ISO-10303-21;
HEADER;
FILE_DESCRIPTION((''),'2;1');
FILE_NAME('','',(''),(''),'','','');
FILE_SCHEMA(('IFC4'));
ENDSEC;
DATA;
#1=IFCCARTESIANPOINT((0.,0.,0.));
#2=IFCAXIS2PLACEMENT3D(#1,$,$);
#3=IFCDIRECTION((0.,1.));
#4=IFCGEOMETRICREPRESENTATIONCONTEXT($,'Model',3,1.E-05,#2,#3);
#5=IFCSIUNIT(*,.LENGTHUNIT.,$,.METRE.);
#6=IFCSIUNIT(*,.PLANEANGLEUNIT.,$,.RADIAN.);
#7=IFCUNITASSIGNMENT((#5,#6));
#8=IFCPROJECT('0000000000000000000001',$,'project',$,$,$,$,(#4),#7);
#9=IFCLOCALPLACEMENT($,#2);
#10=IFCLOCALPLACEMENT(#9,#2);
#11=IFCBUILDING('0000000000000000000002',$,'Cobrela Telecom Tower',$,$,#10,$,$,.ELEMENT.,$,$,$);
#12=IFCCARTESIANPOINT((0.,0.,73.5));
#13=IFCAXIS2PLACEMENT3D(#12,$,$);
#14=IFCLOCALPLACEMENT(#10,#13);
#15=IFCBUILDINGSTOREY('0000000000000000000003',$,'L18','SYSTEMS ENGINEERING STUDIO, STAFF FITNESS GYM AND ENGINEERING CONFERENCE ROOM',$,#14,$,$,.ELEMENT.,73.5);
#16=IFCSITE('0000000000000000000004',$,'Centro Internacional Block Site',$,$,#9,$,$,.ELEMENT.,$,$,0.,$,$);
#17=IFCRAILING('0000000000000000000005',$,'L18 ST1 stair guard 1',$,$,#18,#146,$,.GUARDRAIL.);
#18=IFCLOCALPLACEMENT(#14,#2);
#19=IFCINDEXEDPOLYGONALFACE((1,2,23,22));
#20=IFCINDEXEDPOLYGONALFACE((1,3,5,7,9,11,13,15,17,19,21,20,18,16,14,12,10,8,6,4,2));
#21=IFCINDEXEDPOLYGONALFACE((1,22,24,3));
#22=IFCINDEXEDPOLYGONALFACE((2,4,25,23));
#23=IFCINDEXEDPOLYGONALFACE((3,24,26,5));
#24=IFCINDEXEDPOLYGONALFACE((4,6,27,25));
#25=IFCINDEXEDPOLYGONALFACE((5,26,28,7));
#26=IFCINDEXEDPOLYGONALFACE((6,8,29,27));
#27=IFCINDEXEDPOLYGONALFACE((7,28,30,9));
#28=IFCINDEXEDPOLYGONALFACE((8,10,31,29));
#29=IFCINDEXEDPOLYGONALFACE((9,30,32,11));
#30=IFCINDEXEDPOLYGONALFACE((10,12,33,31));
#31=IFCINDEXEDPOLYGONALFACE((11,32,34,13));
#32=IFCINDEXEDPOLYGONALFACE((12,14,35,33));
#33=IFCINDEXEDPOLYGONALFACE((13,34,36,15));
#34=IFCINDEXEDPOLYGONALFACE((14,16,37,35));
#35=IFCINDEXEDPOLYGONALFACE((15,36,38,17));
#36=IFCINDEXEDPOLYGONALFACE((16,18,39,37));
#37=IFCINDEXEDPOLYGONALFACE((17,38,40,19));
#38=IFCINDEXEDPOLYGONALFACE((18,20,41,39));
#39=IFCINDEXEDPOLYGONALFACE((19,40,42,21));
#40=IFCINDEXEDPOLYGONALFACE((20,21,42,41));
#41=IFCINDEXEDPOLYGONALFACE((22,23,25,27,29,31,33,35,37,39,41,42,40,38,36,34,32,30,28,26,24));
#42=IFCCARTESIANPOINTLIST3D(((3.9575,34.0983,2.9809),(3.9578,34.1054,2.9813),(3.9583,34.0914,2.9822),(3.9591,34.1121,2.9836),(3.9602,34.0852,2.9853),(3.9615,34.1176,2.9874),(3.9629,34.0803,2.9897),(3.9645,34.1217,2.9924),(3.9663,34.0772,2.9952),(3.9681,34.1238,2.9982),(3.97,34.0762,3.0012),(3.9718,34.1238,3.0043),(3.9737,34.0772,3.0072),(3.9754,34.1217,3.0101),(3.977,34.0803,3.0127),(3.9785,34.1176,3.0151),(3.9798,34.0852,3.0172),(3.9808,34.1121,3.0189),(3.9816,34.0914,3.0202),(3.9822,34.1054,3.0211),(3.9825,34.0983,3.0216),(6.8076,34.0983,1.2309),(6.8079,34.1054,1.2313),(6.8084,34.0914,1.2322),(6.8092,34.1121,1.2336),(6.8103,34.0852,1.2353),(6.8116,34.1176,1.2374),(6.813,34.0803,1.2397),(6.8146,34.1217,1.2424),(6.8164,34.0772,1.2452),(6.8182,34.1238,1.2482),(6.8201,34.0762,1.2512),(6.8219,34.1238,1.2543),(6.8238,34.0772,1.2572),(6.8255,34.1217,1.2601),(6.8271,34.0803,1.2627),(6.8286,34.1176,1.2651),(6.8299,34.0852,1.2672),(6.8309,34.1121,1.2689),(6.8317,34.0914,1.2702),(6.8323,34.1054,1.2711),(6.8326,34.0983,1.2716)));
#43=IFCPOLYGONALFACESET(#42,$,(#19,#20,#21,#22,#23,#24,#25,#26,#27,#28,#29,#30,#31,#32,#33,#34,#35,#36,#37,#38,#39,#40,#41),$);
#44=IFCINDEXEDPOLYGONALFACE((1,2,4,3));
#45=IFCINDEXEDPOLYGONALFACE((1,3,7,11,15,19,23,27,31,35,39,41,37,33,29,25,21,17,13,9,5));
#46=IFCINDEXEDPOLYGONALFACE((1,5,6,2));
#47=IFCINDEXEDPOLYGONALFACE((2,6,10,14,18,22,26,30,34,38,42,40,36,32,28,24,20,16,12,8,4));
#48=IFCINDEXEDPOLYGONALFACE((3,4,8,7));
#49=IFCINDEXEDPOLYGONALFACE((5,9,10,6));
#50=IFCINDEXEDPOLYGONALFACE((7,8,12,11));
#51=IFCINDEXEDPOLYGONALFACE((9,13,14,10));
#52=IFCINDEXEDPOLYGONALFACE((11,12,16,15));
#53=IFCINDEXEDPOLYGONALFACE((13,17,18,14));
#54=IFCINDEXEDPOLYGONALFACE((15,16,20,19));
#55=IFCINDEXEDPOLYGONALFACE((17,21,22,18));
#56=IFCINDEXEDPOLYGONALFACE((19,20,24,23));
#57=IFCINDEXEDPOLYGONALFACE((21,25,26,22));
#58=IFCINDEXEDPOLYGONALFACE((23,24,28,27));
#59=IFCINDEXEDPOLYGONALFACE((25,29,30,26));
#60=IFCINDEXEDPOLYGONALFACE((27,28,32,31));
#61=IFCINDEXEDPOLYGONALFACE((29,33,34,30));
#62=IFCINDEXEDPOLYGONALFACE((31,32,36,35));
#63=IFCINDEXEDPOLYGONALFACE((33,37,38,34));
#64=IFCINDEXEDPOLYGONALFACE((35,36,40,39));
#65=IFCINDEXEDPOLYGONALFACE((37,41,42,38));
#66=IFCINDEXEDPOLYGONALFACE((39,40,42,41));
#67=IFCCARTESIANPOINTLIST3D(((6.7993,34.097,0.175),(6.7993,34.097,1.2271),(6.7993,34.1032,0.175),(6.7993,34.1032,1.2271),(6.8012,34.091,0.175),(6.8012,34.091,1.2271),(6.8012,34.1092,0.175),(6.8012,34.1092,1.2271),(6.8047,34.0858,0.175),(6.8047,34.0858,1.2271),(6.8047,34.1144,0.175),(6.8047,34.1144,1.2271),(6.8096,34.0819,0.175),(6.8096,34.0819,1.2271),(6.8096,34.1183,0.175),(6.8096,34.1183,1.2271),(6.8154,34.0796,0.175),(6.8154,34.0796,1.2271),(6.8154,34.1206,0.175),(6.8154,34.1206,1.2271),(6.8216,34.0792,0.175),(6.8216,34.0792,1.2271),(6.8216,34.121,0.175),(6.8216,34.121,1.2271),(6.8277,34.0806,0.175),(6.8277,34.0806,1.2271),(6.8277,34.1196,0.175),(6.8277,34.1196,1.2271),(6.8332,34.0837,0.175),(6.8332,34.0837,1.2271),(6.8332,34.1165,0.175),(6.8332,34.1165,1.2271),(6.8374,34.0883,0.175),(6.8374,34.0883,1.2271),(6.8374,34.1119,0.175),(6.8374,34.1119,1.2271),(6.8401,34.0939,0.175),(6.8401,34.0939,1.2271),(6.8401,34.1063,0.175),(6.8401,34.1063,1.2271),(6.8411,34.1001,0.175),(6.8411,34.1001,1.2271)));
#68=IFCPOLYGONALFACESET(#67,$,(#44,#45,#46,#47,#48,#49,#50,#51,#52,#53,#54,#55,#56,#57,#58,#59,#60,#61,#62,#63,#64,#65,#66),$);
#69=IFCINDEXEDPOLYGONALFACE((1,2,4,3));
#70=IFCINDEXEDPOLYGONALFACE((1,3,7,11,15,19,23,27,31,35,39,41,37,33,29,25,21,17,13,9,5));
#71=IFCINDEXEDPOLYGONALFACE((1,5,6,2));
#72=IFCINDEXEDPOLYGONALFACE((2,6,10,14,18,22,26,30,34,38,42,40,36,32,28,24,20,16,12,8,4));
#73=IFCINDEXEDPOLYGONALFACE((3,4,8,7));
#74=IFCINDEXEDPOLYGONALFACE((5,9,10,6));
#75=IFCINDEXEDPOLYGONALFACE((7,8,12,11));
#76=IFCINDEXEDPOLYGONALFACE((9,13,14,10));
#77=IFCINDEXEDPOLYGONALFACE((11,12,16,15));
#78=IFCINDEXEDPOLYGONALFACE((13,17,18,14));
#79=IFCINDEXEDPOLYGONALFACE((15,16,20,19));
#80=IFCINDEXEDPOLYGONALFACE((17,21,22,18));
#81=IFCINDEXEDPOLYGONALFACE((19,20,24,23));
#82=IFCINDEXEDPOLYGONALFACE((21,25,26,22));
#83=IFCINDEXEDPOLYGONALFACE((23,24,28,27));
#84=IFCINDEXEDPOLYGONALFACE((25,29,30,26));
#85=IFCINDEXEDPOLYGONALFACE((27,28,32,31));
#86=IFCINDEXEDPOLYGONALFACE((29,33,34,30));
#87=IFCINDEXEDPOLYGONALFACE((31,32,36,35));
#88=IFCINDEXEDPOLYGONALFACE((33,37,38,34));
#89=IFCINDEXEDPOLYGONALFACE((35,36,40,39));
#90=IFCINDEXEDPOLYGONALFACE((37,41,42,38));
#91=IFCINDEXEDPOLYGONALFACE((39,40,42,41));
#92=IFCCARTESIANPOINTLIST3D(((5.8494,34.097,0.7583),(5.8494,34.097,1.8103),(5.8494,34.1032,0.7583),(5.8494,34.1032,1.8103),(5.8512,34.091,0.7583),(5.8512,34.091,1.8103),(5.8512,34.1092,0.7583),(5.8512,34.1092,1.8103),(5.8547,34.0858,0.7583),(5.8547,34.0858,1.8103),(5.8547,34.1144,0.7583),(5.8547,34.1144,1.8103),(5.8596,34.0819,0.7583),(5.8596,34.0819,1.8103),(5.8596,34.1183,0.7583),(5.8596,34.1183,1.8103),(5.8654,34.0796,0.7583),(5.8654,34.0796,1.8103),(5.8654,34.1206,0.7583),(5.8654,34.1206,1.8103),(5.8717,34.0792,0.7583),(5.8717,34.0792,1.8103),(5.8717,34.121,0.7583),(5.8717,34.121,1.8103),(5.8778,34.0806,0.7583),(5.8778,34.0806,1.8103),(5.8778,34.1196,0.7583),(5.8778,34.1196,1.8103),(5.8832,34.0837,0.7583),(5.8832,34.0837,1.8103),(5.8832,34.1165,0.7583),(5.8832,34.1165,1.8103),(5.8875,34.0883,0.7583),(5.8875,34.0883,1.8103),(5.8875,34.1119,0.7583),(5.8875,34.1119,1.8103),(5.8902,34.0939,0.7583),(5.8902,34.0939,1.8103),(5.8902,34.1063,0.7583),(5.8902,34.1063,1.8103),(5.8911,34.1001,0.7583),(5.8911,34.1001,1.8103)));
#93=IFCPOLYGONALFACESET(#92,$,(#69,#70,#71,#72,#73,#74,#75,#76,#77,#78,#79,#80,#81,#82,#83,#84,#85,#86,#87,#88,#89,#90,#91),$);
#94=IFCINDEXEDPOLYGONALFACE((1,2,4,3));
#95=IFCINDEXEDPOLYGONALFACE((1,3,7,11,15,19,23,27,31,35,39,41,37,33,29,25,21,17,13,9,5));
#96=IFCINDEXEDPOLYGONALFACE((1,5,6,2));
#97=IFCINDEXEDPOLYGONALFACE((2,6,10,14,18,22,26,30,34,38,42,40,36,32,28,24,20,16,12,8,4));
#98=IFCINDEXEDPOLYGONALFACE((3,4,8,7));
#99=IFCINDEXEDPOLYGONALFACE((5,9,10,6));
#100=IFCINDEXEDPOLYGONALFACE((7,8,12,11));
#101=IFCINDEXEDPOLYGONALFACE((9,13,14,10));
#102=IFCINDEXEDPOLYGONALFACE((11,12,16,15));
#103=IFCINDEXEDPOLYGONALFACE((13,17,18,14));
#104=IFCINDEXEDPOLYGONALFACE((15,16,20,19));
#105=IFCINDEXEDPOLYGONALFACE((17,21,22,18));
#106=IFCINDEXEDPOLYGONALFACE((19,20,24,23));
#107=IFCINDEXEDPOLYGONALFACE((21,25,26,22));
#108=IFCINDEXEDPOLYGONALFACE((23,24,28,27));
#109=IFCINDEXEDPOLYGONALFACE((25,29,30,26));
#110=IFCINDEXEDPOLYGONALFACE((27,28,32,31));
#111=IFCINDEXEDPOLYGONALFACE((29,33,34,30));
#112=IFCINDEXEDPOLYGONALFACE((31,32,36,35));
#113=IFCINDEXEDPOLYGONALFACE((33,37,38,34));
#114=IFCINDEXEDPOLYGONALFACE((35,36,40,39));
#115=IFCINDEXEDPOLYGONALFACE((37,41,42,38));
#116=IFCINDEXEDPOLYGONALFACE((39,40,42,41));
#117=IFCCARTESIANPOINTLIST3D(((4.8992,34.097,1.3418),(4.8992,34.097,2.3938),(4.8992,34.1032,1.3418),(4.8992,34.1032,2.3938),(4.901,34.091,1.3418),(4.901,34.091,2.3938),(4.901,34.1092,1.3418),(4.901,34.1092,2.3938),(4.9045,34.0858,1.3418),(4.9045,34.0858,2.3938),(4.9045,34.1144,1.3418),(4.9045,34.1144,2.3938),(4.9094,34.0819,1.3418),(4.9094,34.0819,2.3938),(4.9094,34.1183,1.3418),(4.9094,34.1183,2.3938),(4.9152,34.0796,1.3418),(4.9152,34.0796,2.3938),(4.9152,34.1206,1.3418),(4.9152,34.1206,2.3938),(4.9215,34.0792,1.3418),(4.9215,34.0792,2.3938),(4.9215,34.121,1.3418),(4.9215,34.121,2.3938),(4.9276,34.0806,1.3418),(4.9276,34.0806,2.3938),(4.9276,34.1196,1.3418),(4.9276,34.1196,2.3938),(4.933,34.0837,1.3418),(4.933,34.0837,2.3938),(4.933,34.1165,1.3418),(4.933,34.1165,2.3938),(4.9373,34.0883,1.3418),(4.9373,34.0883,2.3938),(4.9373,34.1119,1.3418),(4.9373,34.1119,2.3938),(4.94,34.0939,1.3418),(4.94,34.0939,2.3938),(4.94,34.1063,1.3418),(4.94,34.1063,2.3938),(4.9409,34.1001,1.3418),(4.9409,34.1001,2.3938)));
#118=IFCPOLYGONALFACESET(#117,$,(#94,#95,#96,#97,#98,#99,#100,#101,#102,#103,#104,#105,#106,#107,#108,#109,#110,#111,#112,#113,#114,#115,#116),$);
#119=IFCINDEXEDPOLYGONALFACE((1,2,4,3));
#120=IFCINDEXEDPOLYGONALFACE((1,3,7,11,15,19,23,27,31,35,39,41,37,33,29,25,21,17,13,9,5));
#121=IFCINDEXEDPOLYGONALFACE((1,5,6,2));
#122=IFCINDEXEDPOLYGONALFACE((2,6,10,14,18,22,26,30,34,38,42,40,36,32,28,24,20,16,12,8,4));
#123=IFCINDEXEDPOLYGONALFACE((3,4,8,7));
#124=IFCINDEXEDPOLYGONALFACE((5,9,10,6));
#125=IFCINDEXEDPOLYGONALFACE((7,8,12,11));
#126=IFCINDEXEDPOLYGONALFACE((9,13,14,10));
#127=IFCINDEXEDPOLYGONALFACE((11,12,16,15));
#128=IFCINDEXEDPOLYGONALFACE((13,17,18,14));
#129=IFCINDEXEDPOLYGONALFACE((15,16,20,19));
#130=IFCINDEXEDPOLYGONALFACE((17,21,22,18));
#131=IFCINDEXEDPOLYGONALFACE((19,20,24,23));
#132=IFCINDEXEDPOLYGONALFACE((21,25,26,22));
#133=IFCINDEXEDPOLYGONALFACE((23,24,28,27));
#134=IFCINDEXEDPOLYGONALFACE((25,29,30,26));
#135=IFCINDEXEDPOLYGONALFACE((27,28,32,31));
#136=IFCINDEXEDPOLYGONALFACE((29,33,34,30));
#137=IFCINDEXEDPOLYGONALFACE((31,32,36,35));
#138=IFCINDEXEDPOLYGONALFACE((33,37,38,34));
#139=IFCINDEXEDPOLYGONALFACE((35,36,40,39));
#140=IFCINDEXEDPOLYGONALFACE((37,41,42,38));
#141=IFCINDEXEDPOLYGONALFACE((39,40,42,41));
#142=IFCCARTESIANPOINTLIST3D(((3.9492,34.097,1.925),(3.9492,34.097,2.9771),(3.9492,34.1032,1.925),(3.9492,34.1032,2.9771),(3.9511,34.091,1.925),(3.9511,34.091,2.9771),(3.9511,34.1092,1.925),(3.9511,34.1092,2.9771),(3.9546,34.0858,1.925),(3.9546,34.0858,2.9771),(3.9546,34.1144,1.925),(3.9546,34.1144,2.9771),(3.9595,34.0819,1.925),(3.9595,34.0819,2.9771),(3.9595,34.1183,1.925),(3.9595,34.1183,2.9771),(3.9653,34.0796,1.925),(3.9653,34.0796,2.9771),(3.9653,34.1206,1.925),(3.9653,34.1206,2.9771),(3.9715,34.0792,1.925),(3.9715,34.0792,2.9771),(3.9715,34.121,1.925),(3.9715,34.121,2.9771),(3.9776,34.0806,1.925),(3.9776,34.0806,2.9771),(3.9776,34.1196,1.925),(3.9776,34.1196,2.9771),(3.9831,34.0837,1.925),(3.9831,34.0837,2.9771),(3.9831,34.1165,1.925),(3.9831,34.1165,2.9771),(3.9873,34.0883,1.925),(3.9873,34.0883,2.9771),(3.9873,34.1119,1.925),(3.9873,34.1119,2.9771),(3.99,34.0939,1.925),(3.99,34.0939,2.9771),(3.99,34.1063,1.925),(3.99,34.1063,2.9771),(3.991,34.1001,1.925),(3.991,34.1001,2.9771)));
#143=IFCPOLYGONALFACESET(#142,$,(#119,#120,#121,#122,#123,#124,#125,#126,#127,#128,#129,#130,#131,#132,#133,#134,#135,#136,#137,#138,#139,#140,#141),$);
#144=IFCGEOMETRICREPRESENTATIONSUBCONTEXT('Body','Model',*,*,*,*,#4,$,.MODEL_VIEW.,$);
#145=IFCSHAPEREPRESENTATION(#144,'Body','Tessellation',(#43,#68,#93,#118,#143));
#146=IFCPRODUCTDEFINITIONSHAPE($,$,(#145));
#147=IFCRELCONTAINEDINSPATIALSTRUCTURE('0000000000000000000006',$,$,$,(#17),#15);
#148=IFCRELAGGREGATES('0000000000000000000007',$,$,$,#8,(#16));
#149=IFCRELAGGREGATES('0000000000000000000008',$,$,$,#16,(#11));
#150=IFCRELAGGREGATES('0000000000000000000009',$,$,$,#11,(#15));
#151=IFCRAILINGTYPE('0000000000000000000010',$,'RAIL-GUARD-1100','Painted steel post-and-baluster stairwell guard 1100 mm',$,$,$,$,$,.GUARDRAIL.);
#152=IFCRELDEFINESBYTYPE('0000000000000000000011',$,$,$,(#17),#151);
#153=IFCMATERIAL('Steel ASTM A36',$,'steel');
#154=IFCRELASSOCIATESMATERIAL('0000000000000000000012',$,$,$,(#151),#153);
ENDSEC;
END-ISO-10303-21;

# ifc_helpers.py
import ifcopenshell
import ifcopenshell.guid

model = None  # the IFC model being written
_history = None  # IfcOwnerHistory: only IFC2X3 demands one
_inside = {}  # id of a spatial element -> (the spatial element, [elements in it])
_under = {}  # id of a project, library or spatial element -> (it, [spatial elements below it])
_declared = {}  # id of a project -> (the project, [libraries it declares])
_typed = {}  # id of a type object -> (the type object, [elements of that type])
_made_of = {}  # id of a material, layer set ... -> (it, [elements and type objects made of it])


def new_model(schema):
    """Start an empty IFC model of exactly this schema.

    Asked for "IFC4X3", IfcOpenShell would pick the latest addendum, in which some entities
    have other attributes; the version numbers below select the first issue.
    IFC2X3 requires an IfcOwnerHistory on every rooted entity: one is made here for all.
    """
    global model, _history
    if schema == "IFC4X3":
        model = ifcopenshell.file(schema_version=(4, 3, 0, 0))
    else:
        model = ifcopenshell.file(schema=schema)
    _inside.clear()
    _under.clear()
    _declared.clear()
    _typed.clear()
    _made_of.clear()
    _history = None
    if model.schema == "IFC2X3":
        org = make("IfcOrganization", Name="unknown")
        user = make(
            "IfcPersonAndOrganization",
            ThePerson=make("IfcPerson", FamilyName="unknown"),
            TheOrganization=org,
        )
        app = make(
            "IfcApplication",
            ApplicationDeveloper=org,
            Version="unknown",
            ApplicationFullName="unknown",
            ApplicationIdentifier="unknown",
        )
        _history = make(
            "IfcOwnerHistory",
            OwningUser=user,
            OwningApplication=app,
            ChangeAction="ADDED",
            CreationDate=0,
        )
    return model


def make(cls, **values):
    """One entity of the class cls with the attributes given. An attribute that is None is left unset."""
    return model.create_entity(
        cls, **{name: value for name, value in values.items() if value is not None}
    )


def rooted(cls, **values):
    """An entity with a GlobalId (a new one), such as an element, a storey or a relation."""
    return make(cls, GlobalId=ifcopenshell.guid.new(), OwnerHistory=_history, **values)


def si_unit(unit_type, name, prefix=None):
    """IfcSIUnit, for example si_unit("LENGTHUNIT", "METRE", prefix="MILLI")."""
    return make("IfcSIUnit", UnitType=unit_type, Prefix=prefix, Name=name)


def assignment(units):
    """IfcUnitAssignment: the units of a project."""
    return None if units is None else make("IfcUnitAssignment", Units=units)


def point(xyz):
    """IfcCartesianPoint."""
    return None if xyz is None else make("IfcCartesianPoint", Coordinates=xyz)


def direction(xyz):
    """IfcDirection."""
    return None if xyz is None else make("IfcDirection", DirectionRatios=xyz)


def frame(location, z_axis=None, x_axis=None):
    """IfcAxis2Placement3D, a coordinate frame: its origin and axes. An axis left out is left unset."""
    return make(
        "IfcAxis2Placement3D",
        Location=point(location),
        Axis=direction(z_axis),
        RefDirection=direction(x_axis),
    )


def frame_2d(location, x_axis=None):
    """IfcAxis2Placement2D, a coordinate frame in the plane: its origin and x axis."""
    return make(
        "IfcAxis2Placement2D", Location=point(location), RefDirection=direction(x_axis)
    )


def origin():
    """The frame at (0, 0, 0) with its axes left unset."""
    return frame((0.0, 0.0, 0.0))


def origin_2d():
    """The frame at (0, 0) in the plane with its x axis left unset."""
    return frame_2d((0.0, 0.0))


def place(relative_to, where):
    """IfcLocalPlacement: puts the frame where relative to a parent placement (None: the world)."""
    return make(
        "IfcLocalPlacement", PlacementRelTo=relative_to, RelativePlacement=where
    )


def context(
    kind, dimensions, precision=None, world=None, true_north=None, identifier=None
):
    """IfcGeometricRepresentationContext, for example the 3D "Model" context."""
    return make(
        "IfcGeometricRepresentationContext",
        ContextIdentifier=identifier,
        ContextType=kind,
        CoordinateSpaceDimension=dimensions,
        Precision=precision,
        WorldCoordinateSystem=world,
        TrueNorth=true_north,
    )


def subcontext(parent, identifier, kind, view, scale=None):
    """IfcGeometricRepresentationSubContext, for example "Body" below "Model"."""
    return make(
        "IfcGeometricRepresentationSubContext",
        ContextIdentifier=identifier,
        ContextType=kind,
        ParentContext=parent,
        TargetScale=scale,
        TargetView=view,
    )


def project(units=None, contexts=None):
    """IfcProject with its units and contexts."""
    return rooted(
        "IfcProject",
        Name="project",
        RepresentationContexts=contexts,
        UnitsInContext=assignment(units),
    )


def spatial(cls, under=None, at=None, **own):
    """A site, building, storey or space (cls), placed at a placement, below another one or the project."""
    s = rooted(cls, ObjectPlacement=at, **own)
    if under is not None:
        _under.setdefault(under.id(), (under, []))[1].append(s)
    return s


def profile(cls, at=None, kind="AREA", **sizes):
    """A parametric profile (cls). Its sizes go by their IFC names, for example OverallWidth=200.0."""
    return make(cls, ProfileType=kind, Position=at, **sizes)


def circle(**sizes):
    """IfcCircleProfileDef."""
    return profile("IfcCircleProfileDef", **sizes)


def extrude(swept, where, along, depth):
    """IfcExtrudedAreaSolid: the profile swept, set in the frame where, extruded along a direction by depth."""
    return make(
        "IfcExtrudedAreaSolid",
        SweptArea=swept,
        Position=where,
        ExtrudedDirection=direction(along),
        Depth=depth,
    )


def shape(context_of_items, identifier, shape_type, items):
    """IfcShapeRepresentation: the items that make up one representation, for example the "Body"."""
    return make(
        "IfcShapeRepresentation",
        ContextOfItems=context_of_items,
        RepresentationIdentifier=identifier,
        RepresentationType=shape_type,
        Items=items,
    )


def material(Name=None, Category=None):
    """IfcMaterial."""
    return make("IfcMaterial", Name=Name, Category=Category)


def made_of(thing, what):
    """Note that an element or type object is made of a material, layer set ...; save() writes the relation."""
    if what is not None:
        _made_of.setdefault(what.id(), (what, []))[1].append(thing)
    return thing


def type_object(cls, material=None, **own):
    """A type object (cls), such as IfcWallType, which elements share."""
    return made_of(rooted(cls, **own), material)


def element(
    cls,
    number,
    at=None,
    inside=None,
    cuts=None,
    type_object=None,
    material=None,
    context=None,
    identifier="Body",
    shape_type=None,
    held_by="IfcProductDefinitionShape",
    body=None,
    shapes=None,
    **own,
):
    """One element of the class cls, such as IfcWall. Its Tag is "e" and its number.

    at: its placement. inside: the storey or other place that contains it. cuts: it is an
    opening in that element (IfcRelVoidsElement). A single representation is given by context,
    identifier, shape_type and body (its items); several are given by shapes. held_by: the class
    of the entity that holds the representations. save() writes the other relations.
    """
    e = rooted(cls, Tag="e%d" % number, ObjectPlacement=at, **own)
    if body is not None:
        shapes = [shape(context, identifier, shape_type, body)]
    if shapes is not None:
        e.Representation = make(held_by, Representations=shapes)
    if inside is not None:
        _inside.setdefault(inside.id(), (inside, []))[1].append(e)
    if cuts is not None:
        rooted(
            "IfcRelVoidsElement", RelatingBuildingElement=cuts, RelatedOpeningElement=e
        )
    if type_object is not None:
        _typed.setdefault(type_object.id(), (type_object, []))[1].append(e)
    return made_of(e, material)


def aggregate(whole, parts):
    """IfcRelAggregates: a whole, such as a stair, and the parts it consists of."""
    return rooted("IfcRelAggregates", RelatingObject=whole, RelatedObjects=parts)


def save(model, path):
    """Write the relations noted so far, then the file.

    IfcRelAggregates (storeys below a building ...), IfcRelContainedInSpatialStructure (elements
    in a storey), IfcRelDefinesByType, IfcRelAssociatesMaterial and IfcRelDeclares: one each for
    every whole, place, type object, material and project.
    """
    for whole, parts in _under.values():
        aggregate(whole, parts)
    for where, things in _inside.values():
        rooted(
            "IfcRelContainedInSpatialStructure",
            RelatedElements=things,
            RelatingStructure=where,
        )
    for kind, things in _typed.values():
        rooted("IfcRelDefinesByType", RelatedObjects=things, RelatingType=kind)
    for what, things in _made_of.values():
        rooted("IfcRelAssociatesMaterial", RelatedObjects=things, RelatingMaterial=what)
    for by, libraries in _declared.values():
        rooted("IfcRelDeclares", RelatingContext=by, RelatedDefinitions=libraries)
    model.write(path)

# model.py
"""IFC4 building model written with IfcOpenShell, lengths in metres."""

from ifc_helpers import new_model, si_unit, direction, frame, origin, origin_2d, place, context, subcontext, project, spatial, circle, extrude, material, type_object, element, save


model = new_model("IFC4")

# Units and contexts
model_context = context("Model", 3, precision=1e-05, world=origin(), true_north=direction((0.0, 1.0)))
body_context = subcontext(model_context, "Body", "Model", "MODEL_VIEW")
ifc_project = project(units=[si_unit("LENGTHUNIT", "METRE"), si_unit("PLANEANGLEUNIT", "RADIAN")], contexts=[model_context])

# Site, building, storey
site_placement = place(None, origin())
site = spatial("IfcSite", under=ifc_project, at=site_placement, Name="Centro Internacional Block Site", CompositionType="ELEMENT", RefElevation=0.0)
building_placement = place(site_placement, origin())
building = spatial("IfcBuilding", under=site, at=building_placement, Name="Cobrela Telecom Tower", CompositionType="ELEMENT")
storey_placement = place(building_placement, frame((0.0, 0.0, 73.5)))
storey = spatial("IfcBuildingStorey", under=building, at=storey_placement, Name="L18", Description="SYSTEMS ENGINEERING STUDIO, STAFF FITNESS GYM AND ENGINEERING CONFERENCE ROOM", CompositionType="ELEMENT", Elevation=73.5)

# Shared definitions
ifc_material_1 = material(Name="Steel ASTM A36", Category="steel")

# Railing
railing_type_1 = type_object("IfcRailingType", Name="RAIL-GUARD-1100", Description="Painted steel post-and-baluster stairwell guard 1100 mm", PredefinedType="GUARDRAIL", material=ifc_material_1)
railing_1_placement = place(storey_placement, frame((6.8201, 34.1001, 0.175)))
element("IfcRailing", 1, at=railing_1_placement, inside=storey, type_object=railing_type_1, Name="L18 ST1 stair guard 1", PredefinedType="GUARDRAIL", context=body_context, shape_type="SweptSolid", body=[
    extrude(circle(Radius=0.0239, at=origin_2d()), frame((0.0, 0.0, 1.0762), z_axis=(-0.852179, 0.0, 0.52325), x_axis=(0.0, -1.0, 0.0)), (0.0, 0.0, 1.0), 3.3445),
    extrude(circle(Radius=0.021, at=origin_2d()), origin(), (0.0, 0.0, 1.0), 1.052),
    extrude(circle(Radius=0.021, at=origin_2d()), frame((-0.95, 0.0, 0.5833)), (0.0, 0.0, 1.0), 1.052),
    extrude(circle(Radius=0.021, at=origin_2d()), frame((-1.9001, 0.0, 1.1667)), (0.0, 0.0, 1.0), 1.052),
    extrude(circle(Radius=0.021, at=origin_2d()), frame((-2.8501, 0.0, 1.75)), (0.0, 0.0, 1.0), 1.052),
])

save(model, "model.ifc")
